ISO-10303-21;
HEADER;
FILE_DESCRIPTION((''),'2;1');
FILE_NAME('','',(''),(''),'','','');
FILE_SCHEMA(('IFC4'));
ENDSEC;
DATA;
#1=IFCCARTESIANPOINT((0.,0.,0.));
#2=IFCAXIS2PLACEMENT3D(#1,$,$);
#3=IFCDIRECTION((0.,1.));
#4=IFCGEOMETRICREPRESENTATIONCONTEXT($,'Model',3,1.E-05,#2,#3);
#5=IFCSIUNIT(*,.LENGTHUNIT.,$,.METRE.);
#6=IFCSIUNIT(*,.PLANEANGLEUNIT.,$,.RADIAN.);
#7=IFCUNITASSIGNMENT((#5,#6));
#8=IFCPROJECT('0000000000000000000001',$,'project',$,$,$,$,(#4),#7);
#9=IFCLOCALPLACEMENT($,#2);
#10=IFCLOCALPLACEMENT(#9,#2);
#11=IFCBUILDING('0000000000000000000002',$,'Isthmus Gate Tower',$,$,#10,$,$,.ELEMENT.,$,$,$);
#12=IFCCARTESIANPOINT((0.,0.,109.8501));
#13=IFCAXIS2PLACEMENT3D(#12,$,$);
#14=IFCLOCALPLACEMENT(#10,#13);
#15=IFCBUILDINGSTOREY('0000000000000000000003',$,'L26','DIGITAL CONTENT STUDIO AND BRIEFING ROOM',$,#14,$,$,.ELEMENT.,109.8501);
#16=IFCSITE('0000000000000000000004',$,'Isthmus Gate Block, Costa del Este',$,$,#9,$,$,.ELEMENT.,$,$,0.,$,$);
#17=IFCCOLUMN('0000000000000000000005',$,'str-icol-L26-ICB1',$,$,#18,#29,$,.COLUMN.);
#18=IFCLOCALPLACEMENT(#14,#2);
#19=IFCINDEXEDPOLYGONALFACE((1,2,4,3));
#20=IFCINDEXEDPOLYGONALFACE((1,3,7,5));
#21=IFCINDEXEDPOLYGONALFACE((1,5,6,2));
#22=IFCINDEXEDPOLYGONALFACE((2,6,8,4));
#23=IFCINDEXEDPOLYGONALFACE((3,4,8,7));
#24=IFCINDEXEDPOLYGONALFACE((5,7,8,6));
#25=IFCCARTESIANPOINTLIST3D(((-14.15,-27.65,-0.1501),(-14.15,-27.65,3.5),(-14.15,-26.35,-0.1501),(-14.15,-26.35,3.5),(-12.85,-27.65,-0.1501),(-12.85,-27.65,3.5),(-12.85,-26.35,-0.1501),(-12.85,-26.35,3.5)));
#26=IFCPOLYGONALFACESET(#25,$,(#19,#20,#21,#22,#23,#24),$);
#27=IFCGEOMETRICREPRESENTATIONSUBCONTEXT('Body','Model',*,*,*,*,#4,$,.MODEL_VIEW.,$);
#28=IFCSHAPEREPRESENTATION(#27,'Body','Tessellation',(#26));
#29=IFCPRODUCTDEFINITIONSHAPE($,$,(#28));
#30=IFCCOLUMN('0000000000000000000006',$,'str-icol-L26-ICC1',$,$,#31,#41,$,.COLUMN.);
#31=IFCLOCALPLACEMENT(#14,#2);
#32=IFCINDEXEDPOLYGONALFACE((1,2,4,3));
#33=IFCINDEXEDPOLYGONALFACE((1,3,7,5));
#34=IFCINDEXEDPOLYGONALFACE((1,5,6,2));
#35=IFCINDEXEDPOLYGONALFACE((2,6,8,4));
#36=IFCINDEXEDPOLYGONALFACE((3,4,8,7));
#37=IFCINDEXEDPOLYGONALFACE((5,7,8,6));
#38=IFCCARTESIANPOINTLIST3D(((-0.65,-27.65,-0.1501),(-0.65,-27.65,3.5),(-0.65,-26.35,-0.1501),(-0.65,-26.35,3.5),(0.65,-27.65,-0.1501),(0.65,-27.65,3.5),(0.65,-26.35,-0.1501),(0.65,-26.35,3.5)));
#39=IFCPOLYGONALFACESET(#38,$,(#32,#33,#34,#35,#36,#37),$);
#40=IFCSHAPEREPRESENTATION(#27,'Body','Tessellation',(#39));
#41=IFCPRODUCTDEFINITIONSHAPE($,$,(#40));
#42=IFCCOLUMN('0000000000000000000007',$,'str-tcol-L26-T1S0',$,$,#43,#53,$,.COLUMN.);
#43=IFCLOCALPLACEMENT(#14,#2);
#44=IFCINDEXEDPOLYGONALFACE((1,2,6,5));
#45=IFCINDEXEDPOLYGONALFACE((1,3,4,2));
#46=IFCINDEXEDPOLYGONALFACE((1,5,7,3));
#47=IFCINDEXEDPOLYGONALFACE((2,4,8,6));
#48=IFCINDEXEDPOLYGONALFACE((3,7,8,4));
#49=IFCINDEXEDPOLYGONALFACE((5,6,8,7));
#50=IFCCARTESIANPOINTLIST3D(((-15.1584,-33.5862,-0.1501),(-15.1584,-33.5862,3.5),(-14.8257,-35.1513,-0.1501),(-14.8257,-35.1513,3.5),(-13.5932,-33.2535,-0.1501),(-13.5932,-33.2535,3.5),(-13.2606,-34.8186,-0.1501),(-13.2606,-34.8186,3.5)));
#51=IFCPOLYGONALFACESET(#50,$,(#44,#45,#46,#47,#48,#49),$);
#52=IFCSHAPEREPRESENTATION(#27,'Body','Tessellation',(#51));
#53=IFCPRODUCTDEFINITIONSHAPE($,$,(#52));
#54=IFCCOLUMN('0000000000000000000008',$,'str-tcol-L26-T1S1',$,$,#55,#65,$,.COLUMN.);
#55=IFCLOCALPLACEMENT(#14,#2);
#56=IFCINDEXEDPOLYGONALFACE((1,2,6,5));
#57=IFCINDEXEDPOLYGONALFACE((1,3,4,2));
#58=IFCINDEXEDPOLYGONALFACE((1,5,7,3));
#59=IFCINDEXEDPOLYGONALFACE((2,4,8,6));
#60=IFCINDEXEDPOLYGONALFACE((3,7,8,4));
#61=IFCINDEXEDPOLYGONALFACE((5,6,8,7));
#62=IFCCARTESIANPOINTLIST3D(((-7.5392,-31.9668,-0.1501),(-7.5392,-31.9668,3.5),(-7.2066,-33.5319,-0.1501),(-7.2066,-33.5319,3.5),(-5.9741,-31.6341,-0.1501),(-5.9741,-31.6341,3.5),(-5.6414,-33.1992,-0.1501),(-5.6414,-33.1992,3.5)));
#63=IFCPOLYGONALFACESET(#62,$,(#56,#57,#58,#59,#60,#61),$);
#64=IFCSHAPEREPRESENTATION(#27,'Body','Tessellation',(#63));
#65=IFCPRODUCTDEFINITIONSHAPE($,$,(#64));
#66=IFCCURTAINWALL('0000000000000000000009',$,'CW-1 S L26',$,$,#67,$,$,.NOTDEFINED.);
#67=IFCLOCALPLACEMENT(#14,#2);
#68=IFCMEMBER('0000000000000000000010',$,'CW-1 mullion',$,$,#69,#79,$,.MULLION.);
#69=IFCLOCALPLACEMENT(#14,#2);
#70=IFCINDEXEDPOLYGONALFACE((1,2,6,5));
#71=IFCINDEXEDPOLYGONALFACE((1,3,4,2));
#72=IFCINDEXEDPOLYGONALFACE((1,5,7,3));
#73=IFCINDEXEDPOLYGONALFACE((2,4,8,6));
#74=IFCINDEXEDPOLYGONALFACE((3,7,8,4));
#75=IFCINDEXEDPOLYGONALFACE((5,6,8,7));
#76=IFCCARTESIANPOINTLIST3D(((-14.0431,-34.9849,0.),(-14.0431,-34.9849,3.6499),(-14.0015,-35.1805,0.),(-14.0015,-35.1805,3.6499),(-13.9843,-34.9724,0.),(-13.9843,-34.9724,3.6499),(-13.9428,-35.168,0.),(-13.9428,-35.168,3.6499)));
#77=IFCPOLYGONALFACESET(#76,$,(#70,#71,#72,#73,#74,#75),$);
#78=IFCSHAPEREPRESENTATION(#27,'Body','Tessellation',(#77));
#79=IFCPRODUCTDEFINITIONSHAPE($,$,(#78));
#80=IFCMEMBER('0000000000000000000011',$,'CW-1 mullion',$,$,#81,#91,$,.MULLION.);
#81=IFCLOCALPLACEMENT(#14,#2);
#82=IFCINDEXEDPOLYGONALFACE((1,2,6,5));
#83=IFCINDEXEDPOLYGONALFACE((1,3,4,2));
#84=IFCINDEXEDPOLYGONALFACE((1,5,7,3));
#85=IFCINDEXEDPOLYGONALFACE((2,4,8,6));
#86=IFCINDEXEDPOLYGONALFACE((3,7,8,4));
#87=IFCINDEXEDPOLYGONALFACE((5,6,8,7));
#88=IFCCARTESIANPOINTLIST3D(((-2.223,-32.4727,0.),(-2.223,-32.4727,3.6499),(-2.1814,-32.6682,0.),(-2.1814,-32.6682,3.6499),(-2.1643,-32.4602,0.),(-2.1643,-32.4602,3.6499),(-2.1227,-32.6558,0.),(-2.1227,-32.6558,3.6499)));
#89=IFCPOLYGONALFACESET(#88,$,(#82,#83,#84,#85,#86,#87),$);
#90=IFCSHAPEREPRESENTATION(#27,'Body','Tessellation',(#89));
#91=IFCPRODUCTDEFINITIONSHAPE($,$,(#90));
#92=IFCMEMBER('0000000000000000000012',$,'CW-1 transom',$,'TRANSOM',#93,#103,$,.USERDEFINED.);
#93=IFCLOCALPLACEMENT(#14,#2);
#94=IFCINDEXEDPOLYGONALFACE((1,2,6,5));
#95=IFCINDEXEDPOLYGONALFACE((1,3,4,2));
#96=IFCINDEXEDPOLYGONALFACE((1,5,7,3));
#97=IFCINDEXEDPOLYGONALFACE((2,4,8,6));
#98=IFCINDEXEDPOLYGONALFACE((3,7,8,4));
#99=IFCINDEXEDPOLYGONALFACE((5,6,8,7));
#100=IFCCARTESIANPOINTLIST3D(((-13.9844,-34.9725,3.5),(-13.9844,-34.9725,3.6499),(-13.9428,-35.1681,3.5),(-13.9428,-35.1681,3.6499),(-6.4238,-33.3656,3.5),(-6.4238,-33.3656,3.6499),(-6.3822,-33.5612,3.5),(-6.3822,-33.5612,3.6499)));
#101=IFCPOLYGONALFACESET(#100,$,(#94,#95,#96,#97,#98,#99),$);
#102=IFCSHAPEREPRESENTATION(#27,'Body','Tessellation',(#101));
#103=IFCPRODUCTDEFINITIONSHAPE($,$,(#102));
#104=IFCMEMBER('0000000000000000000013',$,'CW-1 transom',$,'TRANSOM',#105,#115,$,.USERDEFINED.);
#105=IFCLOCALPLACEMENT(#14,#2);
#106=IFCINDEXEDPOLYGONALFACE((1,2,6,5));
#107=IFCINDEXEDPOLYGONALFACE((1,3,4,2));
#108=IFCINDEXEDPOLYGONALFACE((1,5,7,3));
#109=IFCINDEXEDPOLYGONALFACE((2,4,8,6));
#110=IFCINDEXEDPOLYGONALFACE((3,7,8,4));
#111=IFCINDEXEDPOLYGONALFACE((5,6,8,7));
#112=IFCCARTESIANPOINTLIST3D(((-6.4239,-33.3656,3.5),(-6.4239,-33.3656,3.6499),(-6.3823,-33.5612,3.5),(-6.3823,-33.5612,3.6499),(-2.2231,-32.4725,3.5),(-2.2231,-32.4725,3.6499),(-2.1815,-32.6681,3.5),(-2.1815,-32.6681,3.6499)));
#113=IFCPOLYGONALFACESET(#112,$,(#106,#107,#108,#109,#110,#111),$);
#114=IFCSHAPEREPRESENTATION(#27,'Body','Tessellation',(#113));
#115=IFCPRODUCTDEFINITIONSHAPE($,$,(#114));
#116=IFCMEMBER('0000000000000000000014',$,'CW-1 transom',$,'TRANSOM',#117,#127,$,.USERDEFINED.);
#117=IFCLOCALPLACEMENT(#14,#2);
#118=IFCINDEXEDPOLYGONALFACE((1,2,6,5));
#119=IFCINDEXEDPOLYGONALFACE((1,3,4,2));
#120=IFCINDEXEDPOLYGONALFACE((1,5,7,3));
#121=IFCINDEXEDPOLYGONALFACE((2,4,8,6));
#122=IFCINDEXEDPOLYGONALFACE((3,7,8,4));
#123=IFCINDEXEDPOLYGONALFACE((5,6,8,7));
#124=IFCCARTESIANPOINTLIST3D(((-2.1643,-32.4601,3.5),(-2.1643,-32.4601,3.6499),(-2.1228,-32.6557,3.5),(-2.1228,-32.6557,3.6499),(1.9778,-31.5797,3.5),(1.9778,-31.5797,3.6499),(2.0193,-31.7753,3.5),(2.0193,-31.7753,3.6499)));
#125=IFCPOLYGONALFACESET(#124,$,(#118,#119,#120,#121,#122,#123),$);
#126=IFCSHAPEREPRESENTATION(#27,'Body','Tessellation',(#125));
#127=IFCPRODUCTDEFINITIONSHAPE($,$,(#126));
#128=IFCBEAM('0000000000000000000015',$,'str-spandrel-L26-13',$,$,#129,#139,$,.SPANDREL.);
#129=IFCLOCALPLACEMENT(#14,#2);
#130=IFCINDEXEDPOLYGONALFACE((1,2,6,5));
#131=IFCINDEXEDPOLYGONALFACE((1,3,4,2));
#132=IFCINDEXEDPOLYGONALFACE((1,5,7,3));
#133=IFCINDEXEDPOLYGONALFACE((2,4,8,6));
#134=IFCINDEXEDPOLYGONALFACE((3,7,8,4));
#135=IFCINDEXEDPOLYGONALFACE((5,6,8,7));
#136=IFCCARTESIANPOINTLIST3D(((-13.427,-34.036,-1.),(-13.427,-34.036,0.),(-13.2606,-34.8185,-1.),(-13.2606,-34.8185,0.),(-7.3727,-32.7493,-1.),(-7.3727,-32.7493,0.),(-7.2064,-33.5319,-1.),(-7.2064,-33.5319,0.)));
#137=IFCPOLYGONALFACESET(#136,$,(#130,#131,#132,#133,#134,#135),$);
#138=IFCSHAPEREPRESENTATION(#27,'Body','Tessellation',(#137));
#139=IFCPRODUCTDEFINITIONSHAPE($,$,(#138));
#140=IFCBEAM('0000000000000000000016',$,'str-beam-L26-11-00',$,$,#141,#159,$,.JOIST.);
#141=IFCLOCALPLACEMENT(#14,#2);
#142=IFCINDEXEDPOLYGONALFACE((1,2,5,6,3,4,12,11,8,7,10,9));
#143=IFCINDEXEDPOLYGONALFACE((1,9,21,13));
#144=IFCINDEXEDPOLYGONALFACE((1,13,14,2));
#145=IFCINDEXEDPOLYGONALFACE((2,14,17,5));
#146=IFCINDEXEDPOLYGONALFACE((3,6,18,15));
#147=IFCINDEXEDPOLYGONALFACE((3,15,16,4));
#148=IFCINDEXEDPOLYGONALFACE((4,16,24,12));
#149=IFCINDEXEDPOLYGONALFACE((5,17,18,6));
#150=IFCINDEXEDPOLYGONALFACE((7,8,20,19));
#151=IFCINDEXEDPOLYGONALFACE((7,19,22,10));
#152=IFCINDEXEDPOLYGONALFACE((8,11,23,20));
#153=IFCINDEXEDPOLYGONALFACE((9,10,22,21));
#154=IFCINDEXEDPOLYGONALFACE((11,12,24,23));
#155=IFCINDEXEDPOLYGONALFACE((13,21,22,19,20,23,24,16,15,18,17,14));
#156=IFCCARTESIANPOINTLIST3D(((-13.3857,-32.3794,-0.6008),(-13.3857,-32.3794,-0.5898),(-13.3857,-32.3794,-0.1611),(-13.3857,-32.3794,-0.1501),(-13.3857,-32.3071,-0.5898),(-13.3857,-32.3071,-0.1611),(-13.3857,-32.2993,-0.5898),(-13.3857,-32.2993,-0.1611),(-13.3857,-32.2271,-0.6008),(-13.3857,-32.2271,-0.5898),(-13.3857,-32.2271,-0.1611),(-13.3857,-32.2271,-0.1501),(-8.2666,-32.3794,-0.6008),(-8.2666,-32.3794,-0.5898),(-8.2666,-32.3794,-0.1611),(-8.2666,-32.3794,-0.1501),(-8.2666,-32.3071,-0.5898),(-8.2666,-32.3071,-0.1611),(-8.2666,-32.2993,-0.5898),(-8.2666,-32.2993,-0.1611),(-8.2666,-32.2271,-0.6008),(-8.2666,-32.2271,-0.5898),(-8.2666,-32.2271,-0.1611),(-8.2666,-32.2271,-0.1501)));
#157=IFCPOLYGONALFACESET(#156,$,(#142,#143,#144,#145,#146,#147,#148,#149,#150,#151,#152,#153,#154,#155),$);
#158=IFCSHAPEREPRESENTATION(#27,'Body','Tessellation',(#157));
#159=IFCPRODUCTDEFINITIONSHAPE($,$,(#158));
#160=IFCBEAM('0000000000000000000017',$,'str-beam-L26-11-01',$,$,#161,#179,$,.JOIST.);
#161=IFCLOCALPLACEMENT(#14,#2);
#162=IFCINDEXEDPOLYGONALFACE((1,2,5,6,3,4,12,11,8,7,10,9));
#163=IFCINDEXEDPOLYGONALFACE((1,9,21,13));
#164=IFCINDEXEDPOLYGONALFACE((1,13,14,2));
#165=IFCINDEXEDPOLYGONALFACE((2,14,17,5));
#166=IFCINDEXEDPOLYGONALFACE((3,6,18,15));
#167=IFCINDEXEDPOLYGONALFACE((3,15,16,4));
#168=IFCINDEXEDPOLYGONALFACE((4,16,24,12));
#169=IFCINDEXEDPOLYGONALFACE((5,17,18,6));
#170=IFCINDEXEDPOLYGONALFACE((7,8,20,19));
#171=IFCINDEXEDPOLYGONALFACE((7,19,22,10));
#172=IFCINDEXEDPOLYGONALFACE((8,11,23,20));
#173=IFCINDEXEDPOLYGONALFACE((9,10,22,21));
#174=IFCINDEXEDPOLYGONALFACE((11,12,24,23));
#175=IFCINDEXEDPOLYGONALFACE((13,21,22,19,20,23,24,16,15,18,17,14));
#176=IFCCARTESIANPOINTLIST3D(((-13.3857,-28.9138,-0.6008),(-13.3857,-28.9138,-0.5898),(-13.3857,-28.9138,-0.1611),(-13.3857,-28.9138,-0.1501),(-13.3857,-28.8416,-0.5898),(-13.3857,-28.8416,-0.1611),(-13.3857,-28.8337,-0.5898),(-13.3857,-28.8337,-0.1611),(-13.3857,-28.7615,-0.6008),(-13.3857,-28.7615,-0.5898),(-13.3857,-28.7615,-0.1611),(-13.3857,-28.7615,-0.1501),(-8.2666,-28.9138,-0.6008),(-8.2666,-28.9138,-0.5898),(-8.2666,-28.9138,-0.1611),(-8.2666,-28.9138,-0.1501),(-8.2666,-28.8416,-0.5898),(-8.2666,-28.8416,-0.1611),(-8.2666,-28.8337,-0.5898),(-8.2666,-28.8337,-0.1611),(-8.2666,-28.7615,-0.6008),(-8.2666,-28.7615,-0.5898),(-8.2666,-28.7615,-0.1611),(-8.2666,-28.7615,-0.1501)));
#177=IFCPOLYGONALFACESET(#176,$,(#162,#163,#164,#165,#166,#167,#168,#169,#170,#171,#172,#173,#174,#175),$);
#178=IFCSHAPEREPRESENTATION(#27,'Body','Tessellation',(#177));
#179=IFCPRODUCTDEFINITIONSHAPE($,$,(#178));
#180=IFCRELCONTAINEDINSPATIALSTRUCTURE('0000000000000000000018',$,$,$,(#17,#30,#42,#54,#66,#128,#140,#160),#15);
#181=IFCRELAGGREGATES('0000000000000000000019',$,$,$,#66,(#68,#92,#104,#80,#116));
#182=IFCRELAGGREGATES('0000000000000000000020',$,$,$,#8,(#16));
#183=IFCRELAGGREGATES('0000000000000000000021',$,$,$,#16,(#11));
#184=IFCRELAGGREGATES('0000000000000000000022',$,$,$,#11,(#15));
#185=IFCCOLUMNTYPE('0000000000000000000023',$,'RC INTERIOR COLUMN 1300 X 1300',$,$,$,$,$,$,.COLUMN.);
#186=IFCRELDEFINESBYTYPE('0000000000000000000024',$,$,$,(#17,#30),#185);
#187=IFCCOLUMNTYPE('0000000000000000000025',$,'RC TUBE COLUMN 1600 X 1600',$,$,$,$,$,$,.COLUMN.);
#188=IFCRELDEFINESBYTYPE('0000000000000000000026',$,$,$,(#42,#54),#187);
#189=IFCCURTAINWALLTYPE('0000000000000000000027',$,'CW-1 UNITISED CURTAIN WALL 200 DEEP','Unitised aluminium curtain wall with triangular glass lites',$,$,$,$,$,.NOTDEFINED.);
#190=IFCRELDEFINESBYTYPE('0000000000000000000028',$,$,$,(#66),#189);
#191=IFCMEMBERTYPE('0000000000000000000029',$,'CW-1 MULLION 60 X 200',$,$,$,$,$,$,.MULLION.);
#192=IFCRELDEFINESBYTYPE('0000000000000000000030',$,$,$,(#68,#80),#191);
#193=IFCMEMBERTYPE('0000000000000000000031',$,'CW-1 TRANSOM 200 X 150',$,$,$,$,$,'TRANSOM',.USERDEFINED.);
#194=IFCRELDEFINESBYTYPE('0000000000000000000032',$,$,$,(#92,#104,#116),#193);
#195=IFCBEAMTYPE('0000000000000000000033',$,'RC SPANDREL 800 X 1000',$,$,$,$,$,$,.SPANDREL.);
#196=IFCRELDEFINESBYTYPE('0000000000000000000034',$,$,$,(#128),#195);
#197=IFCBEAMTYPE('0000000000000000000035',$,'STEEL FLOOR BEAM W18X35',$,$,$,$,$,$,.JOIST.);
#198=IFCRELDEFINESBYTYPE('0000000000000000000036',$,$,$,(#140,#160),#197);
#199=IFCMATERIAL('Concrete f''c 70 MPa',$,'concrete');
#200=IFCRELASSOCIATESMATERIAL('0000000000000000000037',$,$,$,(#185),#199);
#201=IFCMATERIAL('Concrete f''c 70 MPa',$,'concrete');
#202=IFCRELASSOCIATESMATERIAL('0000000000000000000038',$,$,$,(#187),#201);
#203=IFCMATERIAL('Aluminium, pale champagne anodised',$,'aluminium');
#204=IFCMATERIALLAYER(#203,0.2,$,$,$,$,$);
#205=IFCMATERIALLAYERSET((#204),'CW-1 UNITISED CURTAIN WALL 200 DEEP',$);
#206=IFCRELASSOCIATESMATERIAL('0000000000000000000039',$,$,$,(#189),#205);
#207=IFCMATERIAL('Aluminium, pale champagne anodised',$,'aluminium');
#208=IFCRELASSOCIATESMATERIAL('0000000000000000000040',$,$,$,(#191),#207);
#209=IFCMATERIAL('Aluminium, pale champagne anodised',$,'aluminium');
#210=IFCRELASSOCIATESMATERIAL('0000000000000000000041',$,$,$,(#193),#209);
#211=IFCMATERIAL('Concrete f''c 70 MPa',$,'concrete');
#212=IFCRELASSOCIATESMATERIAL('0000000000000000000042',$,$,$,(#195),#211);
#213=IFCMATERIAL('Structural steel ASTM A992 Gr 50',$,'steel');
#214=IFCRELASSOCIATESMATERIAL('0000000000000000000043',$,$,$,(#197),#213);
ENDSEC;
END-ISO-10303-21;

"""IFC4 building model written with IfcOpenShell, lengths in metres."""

from ifc_helpers import new_model, si_unit, direction, frame, origin, origin_2d, place, context, subcontext, project, spatial, rectangle, i_section, extrude, material, layer, layer_set, material_profile, profile_set, type_object, element, aggregate, save


model = new_model("IFC4")

# Units and contexts
model_context = context("Model", 3, precision=1e-05, world=origin(), true_north=direction((0.0, 1.0)))
body_context = subcontext(model_context, "Body", "Model", "MODEL_VIEW")
ifc_project = project(units=[si_unit("LENGTHUNIT", "METRE"), si_unit("PLANEANGLEUNIT", "RADIAN")], contexts=[model_context])

# Site, building, storey
site_placement = place(None, origin())
site = spatial("IfcSite", under=ifc_project, at=site_placement, Name="Isthmus Gate Block, Costa del Este", CompositionType="ELEMENT", RefElevation=0.0)
building_placement = place(site_placement, origin())
building = spatial("IfcBuilding", under=site, at=building_placement, Name="Isthmus Gate Tower", CompositionType="ELEMENT")
storey_placement = place(building_placement, frame((0.0, 0.0, 109.8501)))
storey = spatial("IfcBuildingStorey", under=building, at=storey_placement, Name="L26", Description="DIGITAL CONTENT STUDIO AND BRIEFING ROOM", CompositionType="ELEMENT", Elevation=109.8501)

# Columns
ifc_material_1 = material(Name="Concrete f'c 70 MPa", Category="concrete")
ifc_material_profile_1 = material_profile(ifc_material_1, rectangle(XDim=1.3, YDim=1.3, at=origin_2d()), Name="RC 1300X1300")
ifc_profile_set_1 = profile_set([ifc_material_profile_1], Name="Concrete f'c 70 MPa")
column_type_1 = type_object("IfcColumnType", Name="RC INTERIOR COLUMN 1300 X 1300", PredefinedType="COLUMN", material=ifc_profile_set_1)
for number, where, z_axis, x_axis, name in (
    (1, (-13.5, -27.0, -0.1501), (0.0, 0.0, 1.0), (1.0, 0.0, 0.0), "str-icol-L26-ICB1"),
    (2, (0.0, -27.0, -0.1501), (0.0, 0.0, 1.0), (1.0, 0.0, 0.0), "str-icol-L26-ICC1"),
):
    element("IfcColumn", number, at=place(storey_placement, frame(where, z_axis=z_axis, x_axis=x_axis)), inside=storey, type_object=column_type_1, Name=name, PredefinedType="COLUMN", context=body_context, shape_type="SweptSolid", body=[
        extrude(rectangle(XDim=1.3, YDim=1.3, at=origin_2d()), origin(), (0.0, 0.0, 1.0), 3.6501),
    ])
ifc_material_2 = material(Name="Concrete f'c 70 MPa", Category="concrete")
ifc_material_profile_2 = material_profile(ifc_material_2, rectangle(XDim=1.6001, YDim=1.6001, at=origin_2d()), Name="RC 1600X1600")
ifc_profile_set_2 = profile_set([ifc_material_profile_2], Name="Concrete f'c 70 MPa")
column_type_2 = type_object("IfcColumnType", Name="RC TUBE COLUMN 1600 X 1600", PredefinedType="COLUMN", material=ifc_profile_set_2)
for number, where, z_axis, x_axis, name in (
    (3, (-14.2095, -34.2024, -0.1501), (0.0, 0.0, 1.0), (0.978148, 0.207912, 0.0), "str-tcol-L26-T1S0"),
    (4, (-6.5903, -32.583, -0.1501), (0.0, 0.0, 1.0), (0.978148, 0.207912, 0.0), "str-tcol-L26-T1S1"),
):
    element("IfcColumn", number, at=place(storey_placement, frame(where, z_axis=z_axis, x_axis=x_axis)), inside=storey, type_object=column_type_2, Name=name, PredefinedType="COLUMN", context=body_context, shape_type="SweptSolid", body=[
        extrude(rectangle(XDim=1.6001, YDim=1.6001, at=origin_2d()), origin(), (0.0, 0.0, 1.0), 3.6501),
    ])

# Curtain wall, members
ifc_material_3 = material(Name="Aluminium, pale champagne anodised", Category="aluminium")
ifc_layer_1 = layer(ifc_material_3, 0.2)
ifc_layer_set_1 = layer_set([ifc_layer_1], Name="CW-1 UNITISED CURTAIN WALL 200 DEEP")
curtain_wall_type = type_object("IfcCurtainWallType", Name="CW-1 UNITISED CURTAIN WALL 200 DEEP", Description="Unitised aluminium curtain wall with triangular glass lites", PredefinedType="NOTDEFINED", material=ifc_layer_set_1)
curtain_wall_placement = place(storey_placement, origin())
curtain_wall = element("IfcCurtainWall", 5, at=curtain_wall_placement, inside=storey, type_object=curtain_wall_type, Name="CW-1 S L26", PredefinedType="NOTDEFINED")
ifc_material_4 = material(Name="Aluminium, pale champagne anodised", Category="aluminium")
ifc_material_profile_3 = material_profile(ifc_material_4, rectangle(XDim=0.0601, YDim=0.2, at=origin_2d()), Name="60x200")
ifc_profile_set_3 = profile_set([ifc_material_profile_3], Name="Aluminium, pale champagne anodised")
member_type_1 = type_object("IfcMemberType", Name="CW-1 MULLION 60 X 200", PredefinedType="MULLION", material=ifc_profile_set_3)
member_1_placement = place(storey_placement, frame((-13.9929, -35.0764, 0.0), z_axis=(0.0, 0.0, 1.0), x_axis=(0.978148, 0.207912, 0.0)))
member_1 = element("IfcMember", 6, at=member_1_placement, type_object=member_type_1, Name="CW-1 mullion", PredefinedType="MULLION", context=body_context, shape_type="SweptSolid", body=[
    extrude(rectangle(XDim=0.0601, YDim=0.2, at=origin_2d()), origin(), (0.0, 0.0, 1.0), 3.6499),
])
member_2_placement = place(storey_placement, frame((-2.1729, -32.5642, 0.0), z_axis=(0.0, 0.0, 1.0), x_axis=(0.978148, 0.207912, 0.0)))
member_2 = element("IfcMember", 7, at=member_2_placement, type_object=member_type_1, Name="CW-1 mullion", PredefinedType="MULLION", context=body_context, shape_type="SweptSolid", body=[
    extrude(rectangle(XDim=0.0601, YDim=0.2, at=origin_2d()), origin(), (0.0, 0.0, 1.0), 3.6499),
])
ifc_material_5 = material(Name="Aluminium, pale champagne anodised", Category="aluminium")
ifc_material_profile_4 = material_profile(ifc_material_5, rectangle(XDim=0.2, YDim=0.1499, at=origin_2d()), Name="200x150")
ifc_profile_set_4 = profile_set([ifc_material_profile_4], Name="Aluminium, pale champagne anodised")
member_type_2 = type_object("IfcMemberType", Name="CW-1 TRANSOM 200 X 150", ElementType="TRANSOM", PredefinedType="USERDEFINED", material=ifc_profile_set_4)
member_3_placement = place(storey_placement, frame((-13.9636, -35.0703, 3.575), z_axis=(0.978151, 0.207898, 0.0), x_axis=(-0.207898, 0.978151, 0.0)))
member_3 = element("IfcMember", 8, at=member_3_placement, type_object=member_type_2, Name="CW-1 transom", ObjectType="TRANSOM", PredefinedType="USERDEFINED", context=body_context, shape_type="SweptSolid", body=[
    extrude(rectangle(XDim=0.2, YDim=0.1499, at=origin_2d()), origin(), (0.0, 0.0, 1.0), 7.7295),
])
member_4_placement = place(storey_placement, frame((-6.4031, -33.4634, 3.575), z_axis=(0.978139, 0.207953, 0.0), x_axis=(-0.207953, 0.978139, 0.0)))
member_4 = element("IfcMember", 9, at=member_4_placement, type_object=member_type_2, Name="CW-1 transom", ObjectType="TRANSOM", PredefinedType="USERDEFINED", context=body_context, shape_type="SweptSolid", body=[
    extrude(rectangle(XDim=0.2, YDim=0.1499, at=origin_2d()), origin(), (0.0, 0.0, 1.0), 4.2947),
])
member_5_placement = place(storey_placement, frame((-2.1436, -32.5579, 3.575), z_axis=(0.97815, 0.207899, 0.0), x_axis=(-0.207899, 0.97815, 0.0)))
member_5 = element("IfcMember", 10, at=member_5_placement, type_object=member_type_2, Name="CW-1 transom", ObjectType="TRANSOM", PredefinedType="USERDEFINED", context=body_context, shape_type="SweptSolid", body=[
    extrude(rectangle(XDim=0.2, YDim=0.1499, at=origin_2d()), origin(), (0.0, 0.0, 1.0), 4.2346),
])

# Beams
ifc_material_6 = material(Name="Concrete f'c 70 MPa", Category="concrete")
ifc_material_profile_5 = material_profile(ifc_material_6, rectangle(XDim=0.8, YDim=1.0, at=origin_2d()), Name="RC 800X1000")
ifc_profile_set_5 = profile_set([ifc_material_profile_5], Name="Concrete f'c 70 MPa")
beam_type_1 = type_object("IfcBeamType", Name="RC SPANDREL 800 X 1000", PredefinedType="SPANDREL", material=ifc_profile_set_5)
beam_1_placement = place(storey_placement, frame((-7.2896, -33.1406, -0.5), z_axis=(-0.978155, -0.207875, 0.0), x_axis=(0.207875, -0.978155, 0.0)))
element("IfcBeam", 11, at=beam_1_placement, inside=storey, type_object=beam_type_1, Name="str-spandrel-L26-13", PredefinedType="SPANDREL", context=body_context, shape_type="SweptSolid", body=[
    extrude(rectangle(XDim=0.8, YDim=1.0, at=origin_2d()), origin(), (0.0, 0.0, 1.0), 6.1895),
])
ifc_material_7 = material(Name="Structural steel ASTM A992 Gr 50", Category="steel")
ifc_material_profile_6 = material_profile(ifc_material_7, i_section(OverallWidth=0.1523, OverallDepth=0.4507, WebThickness=0.0078, FlangeThickness=0.011, at=origin_2d()), Name="W18X35")
ifc_profile_set_6 = profile_set([ifc_material_profile_6], Name="Structural steel ASTM A992 Gr 50")
beam_type_2 = type_object("IfcBeamType", Name="STEEL FLOOR BEAM W18X35", PredefinedType="JOIST", material=ifc_profile_set_6)
for number, where, z_axis, x_axis, name in (
    (12, (-13.3857, -32.3032, -0.3755), (1.0, 0.0, 0.0), (0.0, 1.0, 0.0), "str-beam-L26-11-00"),
    (13, (-13.3857, -28.8376, -0.3755), (1.0, 0.0, 0.0), (0.0, 1.0, 0.0), "str-beam-L26-11-01"),
):
    element("IfcBeam", number, at=place(storey_placement, frame(where, z_axis=z_axis, x_axis=x_axis)), inside=storey, type_object=beam_type_2, Name=name, PredefinedType="JOIST", context=body_context, shape_type="SweptSolid", body=[
        extrude(i_section(OverallWidth=0.1523, OverallDepth=0.4507, WebThickness=0.0078, FlangeThickness=0.011, at=origin_2d()), origin(), (0.0, 0.0, 1.0), 5.1191),
    ])

aggregate(curtain_wall, [member_1, member_3, member_4, member_2, member_5])

save(model, "model.ifc")
